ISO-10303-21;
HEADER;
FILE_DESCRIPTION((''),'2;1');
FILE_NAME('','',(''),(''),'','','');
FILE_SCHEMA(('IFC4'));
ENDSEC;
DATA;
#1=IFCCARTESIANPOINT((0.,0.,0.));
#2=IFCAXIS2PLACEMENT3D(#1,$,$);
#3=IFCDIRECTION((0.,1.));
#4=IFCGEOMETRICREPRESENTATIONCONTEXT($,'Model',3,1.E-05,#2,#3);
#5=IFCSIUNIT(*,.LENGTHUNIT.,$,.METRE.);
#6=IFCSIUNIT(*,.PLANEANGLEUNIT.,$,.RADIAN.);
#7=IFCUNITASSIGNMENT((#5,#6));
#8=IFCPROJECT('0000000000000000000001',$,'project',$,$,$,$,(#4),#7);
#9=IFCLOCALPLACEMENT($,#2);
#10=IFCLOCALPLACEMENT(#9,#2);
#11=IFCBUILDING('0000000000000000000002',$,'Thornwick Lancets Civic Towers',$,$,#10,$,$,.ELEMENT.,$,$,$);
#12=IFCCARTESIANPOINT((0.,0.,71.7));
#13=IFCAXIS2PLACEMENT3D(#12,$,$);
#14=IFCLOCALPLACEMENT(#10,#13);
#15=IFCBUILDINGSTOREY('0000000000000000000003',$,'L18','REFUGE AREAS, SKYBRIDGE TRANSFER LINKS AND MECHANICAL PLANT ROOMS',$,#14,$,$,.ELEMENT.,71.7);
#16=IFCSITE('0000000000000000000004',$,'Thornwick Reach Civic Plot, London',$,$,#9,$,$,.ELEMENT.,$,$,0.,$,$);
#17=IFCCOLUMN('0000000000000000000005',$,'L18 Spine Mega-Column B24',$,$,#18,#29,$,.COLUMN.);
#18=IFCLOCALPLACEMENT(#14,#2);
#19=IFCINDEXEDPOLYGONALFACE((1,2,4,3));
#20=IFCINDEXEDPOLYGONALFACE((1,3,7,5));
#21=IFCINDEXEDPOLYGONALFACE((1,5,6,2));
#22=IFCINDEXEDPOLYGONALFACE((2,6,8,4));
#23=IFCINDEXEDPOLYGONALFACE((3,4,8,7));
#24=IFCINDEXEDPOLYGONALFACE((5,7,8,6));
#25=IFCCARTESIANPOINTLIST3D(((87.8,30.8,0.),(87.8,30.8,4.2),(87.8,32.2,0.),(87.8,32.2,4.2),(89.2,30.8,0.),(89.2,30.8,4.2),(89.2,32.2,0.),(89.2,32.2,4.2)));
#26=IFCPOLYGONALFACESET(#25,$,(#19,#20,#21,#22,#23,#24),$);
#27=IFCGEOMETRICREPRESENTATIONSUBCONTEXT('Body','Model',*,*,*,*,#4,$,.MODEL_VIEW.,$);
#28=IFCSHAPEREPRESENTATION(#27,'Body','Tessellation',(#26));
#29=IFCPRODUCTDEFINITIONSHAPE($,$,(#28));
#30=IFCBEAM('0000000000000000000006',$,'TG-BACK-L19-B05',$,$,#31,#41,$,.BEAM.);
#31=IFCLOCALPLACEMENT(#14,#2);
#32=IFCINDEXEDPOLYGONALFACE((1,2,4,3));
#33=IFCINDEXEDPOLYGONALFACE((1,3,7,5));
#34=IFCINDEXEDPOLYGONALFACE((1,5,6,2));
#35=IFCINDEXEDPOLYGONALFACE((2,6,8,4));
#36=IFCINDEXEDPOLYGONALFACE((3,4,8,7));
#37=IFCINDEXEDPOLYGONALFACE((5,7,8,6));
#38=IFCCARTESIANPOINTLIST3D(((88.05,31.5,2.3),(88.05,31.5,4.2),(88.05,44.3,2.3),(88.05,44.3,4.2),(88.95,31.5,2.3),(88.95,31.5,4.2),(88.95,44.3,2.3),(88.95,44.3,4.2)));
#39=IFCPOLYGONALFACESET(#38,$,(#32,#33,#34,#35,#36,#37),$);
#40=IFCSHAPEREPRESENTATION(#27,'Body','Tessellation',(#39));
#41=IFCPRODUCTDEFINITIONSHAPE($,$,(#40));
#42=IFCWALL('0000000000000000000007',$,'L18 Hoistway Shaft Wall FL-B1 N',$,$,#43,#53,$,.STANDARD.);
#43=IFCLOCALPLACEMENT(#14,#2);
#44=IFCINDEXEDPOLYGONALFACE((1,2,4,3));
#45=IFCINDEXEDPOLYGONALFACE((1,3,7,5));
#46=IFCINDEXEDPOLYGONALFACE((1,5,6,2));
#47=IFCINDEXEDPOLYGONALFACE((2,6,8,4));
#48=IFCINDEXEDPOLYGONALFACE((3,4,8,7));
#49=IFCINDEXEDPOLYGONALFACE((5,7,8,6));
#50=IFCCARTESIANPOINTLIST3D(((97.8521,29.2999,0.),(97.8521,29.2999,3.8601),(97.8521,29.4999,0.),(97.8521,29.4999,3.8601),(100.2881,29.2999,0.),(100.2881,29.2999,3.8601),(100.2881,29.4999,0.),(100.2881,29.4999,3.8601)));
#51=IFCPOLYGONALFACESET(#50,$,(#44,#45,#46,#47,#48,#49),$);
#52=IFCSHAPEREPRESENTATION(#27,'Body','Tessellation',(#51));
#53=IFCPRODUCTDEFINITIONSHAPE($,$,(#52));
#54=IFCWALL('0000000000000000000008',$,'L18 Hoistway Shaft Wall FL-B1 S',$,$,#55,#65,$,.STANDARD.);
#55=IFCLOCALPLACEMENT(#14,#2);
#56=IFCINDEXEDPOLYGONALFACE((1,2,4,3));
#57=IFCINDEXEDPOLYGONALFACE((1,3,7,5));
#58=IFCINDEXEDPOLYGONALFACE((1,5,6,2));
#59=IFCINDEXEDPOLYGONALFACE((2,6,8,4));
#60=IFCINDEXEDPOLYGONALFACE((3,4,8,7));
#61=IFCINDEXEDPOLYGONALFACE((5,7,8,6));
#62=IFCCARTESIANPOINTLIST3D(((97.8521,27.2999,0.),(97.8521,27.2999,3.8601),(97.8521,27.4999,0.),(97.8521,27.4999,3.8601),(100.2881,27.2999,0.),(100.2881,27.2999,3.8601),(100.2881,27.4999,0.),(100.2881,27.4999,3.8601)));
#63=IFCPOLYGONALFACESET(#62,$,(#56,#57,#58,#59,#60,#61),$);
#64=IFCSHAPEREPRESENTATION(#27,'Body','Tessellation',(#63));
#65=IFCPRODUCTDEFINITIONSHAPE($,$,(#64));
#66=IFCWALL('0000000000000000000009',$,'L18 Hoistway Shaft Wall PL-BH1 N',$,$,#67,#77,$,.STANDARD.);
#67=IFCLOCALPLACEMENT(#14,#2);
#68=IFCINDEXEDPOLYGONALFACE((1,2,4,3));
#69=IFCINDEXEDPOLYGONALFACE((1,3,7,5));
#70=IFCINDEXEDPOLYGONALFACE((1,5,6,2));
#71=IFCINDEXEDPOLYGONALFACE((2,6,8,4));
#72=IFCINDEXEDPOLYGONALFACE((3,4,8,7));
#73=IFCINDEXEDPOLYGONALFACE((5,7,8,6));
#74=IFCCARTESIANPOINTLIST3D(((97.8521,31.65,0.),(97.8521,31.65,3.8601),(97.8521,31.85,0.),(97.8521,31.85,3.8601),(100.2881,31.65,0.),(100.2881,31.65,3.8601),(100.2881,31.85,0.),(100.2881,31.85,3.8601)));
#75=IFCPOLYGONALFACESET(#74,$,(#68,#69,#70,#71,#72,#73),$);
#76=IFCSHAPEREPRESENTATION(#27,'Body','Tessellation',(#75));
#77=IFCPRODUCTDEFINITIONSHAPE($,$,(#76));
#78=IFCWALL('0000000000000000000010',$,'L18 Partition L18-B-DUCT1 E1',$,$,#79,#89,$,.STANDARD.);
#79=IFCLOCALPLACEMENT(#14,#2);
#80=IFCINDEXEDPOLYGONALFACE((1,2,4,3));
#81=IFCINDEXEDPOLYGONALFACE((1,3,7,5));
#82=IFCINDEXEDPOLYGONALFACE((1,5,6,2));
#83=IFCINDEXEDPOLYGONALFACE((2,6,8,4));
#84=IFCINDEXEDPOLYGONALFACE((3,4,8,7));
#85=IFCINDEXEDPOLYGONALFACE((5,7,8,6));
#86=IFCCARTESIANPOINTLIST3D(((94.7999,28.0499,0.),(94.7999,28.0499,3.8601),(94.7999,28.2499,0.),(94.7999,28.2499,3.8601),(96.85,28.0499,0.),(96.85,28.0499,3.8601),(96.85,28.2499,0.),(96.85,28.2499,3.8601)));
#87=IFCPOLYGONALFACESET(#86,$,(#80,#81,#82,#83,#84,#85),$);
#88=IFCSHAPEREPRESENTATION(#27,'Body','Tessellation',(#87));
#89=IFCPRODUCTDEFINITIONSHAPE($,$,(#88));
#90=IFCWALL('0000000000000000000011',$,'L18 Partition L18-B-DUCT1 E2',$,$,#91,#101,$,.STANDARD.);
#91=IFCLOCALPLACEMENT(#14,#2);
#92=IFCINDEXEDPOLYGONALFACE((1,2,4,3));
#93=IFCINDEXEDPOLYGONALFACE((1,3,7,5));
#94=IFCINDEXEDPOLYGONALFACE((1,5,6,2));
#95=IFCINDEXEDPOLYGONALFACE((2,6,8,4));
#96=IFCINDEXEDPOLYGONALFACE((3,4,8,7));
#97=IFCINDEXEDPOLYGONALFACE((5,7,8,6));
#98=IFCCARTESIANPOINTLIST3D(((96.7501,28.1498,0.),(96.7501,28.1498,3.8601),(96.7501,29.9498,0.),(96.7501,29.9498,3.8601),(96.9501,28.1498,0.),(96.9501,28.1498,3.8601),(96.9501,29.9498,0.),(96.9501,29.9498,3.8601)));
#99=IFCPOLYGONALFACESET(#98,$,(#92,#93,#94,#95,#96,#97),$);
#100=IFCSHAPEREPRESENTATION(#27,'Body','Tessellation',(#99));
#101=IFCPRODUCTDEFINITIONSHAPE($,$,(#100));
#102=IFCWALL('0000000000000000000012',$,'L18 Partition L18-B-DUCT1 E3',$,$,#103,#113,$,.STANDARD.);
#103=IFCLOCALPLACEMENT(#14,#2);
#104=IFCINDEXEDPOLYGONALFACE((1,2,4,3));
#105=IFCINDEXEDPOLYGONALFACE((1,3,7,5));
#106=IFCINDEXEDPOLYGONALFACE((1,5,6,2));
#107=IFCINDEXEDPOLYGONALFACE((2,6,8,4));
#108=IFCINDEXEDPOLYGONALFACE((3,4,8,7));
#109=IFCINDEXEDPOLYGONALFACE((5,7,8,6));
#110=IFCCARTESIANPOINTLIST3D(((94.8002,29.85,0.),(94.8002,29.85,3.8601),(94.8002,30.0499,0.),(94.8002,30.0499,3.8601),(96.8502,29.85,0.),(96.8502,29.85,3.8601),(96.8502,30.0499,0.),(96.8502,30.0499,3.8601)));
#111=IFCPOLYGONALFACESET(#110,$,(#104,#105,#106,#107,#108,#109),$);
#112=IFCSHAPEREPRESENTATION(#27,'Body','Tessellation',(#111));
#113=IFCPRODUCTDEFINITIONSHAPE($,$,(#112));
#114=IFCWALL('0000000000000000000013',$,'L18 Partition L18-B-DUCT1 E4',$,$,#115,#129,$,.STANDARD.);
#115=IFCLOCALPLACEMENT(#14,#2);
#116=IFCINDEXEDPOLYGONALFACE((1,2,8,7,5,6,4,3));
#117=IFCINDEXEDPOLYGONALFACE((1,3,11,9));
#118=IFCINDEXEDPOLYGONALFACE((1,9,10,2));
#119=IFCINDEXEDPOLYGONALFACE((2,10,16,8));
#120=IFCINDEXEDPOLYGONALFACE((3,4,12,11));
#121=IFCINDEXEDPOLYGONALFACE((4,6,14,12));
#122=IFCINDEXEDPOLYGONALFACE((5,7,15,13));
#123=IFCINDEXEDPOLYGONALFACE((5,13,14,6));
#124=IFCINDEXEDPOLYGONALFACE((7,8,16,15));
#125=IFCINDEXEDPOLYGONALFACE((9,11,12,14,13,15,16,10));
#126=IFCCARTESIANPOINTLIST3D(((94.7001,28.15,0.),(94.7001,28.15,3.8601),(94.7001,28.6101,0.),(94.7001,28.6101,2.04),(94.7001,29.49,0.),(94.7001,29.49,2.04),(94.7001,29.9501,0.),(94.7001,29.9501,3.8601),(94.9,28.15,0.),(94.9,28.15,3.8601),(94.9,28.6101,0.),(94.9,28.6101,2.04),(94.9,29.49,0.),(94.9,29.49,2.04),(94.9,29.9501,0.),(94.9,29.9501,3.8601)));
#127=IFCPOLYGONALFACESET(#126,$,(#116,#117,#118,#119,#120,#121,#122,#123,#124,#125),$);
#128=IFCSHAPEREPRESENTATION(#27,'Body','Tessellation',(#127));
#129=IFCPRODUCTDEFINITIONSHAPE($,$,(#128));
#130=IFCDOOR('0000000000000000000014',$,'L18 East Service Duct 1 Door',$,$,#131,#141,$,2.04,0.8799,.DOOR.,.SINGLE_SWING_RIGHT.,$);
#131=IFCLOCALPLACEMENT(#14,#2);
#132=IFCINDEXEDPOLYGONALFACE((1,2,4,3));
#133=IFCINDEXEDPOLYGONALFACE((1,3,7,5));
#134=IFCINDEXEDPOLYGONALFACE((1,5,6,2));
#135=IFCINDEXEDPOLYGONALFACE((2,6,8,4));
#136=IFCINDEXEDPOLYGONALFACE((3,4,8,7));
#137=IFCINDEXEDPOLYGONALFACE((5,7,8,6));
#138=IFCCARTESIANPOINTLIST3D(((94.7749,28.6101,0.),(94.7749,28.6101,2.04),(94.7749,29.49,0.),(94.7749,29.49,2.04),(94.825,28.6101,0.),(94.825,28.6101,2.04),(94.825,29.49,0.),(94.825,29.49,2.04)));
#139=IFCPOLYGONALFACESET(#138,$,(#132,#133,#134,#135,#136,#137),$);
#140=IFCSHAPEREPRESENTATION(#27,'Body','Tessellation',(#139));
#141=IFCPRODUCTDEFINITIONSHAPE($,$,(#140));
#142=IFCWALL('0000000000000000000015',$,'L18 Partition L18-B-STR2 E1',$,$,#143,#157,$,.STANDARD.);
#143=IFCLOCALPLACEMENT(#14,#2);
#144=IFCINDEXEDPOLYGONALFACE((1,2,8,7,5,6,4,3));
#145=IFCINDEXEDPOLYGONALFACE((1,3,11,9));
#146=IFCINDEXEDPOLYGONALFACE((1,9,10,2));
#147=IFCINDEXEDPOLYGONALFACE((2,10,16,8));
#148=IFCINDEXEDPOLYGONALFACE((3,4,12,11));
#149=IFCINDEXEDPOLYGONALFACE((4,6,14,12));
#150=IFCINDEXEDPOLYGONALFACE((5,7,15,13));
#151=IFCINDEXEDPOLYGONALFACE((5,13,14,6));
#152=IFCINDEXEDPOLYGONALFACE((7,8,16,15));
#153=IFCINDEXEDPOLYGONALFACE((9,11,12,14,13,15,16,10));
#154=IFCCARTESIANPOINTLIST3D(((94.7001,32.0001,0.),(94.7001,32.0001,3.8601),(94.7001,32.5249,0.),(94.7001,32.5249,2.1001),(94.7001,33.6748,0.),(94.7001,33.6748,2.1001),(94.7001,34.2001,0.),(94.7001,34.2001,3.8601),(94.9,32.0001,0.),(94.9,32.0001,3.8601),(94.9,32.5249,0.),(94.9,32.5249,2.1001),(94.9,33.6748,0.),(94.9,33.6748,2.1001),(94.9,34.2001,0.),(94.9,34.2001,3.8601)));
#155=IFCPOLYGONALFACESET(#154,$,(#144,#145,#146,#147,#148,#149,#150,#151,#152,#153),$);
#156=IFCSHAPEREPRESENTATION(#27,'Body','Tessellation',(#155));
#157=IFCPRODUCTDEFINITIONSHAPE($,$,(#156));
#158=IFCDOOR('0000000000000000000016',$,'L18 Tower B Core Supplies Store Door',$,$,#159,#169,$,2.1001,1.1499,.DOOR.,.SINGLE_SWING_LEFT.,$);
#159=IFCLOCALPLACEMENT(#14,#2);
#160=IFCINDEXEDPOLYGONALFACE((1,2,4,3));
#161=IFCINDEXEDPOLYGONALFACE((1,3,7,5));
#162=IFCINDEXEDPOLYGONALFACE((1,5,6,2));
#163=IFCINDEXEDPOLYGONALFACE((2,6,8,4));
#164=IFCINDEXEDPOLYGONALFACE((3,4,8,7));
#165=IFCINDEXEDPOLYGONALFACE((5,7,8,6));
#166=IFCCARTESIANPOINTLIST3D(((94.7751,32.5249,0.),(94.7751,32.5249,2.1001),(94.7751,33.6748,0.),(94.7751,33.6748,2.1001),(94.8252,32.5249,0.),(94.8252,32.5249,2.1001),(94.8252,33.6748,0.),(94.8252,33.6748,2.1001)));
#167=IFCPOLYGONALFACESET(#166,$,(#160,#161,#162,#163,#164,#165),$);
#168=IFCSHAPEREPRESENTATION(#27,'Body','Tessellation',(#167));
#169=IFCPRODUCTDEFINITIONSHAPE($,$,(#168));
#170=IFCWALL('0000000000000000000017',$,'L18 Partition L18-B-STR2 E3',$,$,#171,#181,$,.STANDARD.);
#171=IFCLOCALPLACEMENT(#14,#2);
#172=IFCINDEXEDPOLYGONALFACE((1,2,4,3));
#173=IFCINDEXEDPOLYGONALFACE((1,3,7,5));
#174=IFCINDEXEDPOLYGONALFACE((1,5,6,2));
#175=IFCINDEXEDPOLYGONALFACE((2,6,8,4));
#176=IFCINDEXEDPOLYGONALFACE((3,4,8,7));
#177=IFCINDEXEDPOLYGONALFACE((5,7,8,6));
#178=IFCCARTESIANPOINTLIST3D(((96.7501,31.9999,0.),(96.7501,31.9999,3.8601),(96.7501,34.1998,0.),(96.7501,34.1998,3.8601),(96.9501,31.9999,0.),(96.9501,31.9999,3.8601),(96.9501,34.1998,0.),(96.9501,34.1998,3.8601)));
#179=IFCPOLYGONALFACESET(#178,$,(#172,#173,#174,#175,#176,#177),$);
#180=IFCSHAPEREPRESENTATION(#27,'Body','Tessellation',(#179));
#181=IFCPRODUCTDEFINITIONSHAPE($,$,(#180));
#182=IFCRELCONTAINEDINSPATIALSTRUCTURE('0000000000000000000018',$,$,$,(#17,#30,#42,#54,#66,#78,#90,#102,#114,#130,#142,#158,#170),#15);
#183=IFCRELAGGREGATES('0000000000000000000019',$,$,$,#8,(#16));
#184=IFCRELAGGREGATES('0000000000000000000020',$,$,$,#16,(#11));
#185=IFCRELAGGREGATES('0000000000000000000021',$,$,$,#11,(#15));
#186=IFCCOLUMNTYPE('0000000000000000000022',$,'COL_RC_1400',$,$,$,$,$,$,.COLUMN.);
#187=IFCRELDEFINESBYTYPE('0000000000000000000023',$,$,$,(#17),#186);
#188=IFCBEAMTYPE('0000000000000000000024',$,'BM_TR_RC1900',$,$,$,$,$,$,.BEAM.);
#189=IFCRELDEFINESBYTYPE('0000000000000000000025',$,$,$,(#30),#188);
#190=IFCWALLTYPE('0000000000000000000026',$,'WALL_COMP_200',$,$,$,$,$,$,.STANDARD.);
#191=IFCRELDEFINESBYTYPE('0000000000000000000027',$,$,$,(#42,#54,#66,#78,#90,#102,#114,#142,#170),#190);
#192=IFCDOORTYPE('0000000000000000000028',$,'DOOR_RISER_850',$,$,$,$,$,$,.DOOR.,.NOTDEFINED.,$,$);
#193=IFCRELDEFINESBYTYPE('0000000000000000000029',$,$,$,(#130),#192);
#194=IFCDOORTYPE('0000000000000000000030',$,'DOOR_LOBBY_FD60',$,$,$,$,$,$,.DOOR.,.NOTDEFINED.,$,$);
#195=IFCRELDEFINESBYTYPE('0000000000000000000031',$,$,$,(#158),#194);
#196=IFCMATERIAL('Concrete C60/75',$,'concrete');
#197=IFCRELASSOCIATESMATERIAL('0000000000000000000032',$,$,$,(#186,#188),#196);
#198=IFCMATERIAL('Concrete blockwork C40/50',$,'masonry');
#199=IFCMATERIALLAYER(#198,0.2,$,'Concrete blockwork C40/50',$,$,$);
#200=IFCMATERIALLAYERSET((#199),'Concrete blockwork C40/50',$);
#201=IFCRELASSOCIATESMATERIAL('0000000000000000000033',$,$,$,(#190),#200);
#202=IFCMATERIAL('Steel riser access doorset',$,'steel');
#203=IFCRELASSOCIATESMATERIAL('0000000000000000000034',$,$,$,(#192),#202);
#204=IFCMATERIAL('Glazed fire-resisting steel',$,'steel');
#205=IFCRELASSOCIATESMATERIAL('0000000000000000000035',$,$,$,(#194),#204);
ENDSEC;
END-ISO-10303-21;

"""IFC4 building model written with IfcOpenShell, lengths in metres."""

from ifc_helpers import new_model, si_unit, direction, frame, frame_2d, origin, origin_2d, place, context, subcontext, project, spatial, rectangle, extrude, material, layer, layer_set, material_profile, profile_set, type_object, element, fill, save


model = new_model("IFC4")

# Units and contexts
model_context = context("Model", 3, precision=1e-05, world=origin(), true_north=direction((0.0, 1.0)))
body_context = subcontext(model_context, "Body", "Model", "MODEL_VIEW")
ifc_project = project(units=[si_unit("LENGTHUNIT", "METRE"), si_unit("PLANEANGLEUNIT", "RADIAN")], contexts=[model_context])

# Site, building, storey
site_placement = place(None, origin())
site = spatial("IfcSite", under=ifc_project, at=site_placement, Name="Thornwick Reach Civic Plot, London", CompositionType="ELEMENT", RefElevation=0.0)
building_placement = place(site_placement, origin())
building = spatial("IfcBuilding", under=site, at=building_placement, Name="Thornwick Lancets Civic Towers", CompositionType="ELEMENT")
storey_placement = place(building_placement, frame((0.0, 0.0, 71.7)))
storey = spatial("IfcBuildingStorey", under=building, at=storey_placement, Name="L18", Description="REFUGE AREAS, SKYBRIDGE TRANSFER LINKS AND MECHANICAL PLANT ROOMS", CompositionType="ELEMENT", Elevation=71.7)

# Column
ifc_material_1 = material(Name="Concrete C60/75", Category="concrete")
ifc_material_profile_1 = material_profile(ifc_material_1, rectangle(XDim=1.3999, YDim=1.3999, at=origin_2d()), Name="RC 1400x1400")
ifc_profile_set_1 = profile_set([ifc_material_profile_1], Name="Concrete C60/75")
column_type = type_object("IfcColumnType", Name="COL_RC_1400", PredefinedType="COLUMN", material=ifc_profile_set_1)
column_placement = place(storey_placement, frame((88.5, 31.5, 0.0), z_axis=(0.0, 0.0, 1.0), x_axis=(1.0, 0.0, 0.0)))
element("IfcColumn", 1, at=column_placement, inside=storey, type_object=column_type, Name="L18 Spine Mega-Column B24", PredefinedType="COLUMN", context=body_context, shape_type="SweptSolid", body=[
    extrude(rectangle(XDim=1.3999, YDim=1.3999, at=origin_2d()), origin(), (0.0, 0.0, 1.0), 4.2),
])

# Beam
ifc_material_profile_2 = material_profile(ifc_material_1, rectangle(XDim=0.8999, YDim=1.8999, at=origin_2d()), Name="RC 900x1900")
ifc_profile_set_2 = profile_set([ifc_material_profile_2], Name="Concrete C60/75")
beam_type = type_object("IfcBeamType", Name="BM_TR_RC1900", PredefinedType="BEAM", material=ifc_profile_set_2)
beam_placement = place(storey_placement, frame((88.5, 31.5, 3.25), z_axis=(0.0, 1.0, 0.0), x_axis=(-1.0, 0.0, 0.0)))
element("IfcBeam", 2, at=beam_placement, inside=storey, type_object=beam_type, Name="TG-BACK-L19-B05", PredefinedType="BEAM", context=body_context, shape_type="SweptSolid", body=[
    extrude(rectangle(XDim=0.8999, YDim=1.8999, at=origin_2d()), origin(), (0.0, 0.0, 1.0), 12.8),
])

# Walls
ifc_material_2 = material(Name="Concrete blockwork C40/50", Category="masonry")
ifc_layer_1 = layer(ifc_material_2, 0.2, Name="Concrete blockwork C40/50")
ifc_layer_set_1 = layer_set([ifc_layer_1], Name="Concrete blockwork C40/50")
wall_type_1 = type_object("IfcWallType", Name="WALL_COMP_200", PredefinedType="STANDARD", material=ifc_layer_set_1)
for number, where, z_axis, x_axis, name in (
    (3, (97.8521, 29.3999, 0.0), (0.0, 0.0, 1.0), (1.0, 0.0, 0.0), "L18 Hoistway Shaft Wall FL-B1 N"),
    (4, (97.8521, 27.3999, 0.0), (0.0, 0.0, 1.0), (1.0, 0.0, 0.0), "L18 Hoistway Shaft Wall FL-B1 S"),
    (5, (97.8521, 31.75, 0.0), (0.0, 0.0, 1.0), (1.0, 0.0, 0.0), "L18 Hoistway Shaft Wall PL-BH1 N"),
):
    element("IfcWall", number, at=place(storey_placement, frame(where, z_axis=z_axis, x_axis=x_axis)), inside=storey, type_object=wall_type_1, Name=name, PredefinedType="STANDARD", context=body_context, shape_type="SweptSolid", body=[
        extrude(rectangle(XDim=2.436, YDim=0.2, at=frame_2d((1.218, 0.0))), origin(), (0.0, 0.0, 1.0), 3.8601),
    ])
wall_1_placement = place(storey_placement, frame((94.8, 28.1499, 0.0), z_axis=(0.0, 0.0, 1.0), x_axis=(1.0, 0.0, 0.0)))
element("IfcWall", 6, at=wall_1_placement, inside=storey, type_object=wall_type_1, Name="L18 Partition L18-B-DUCT1 E1", PredefinedType="STANDARD", context=body_context, shape_type="SweptSolid", body=[
    extrude(rectangle(XDim=2.05, YDim=0.2, at=frame_2d((1.0249, 0.0))), origin(), (0.0, 0.0, 1.0), 3.8601),
])
wall_2_placement = place(storey_placement, frame((96.8501, 28.1499, 0.0), z_axis=(0.0, 0.0, 1.0), x_axis=(0.0, 1.0, 0.0)))
element("IfcWall", 7, at=wall_2_placement, inside=storey, type_object=wall_type_1, Name="L18 Partition L18-B-DUCT1 E2", PredefinedType="STANDARD", context=body_context, shape_type="SweptSolid", body=[
    extrude(rectangle(XDim=1.8, YDim=0.2, at=frame_2d((0.8999, 0.0))), origin(), (0.0, 0.0, 1.0), 3.8601),
])
wall_3_placement = place(storey_placement, frame((96.8501, 29.95, 0.0), z_axis=(0.0, 0.0, 1.0), x_axis=(-1.0, 0.0, 0.0)))
element("IfcWall", 8, at=wall_3_placement, inside=storey, type_object=wall_type_1, Name="L18 Partition L18-B-DUCT1 E3", PredefinedType="STANDARD", context=body_context, shape_type="SweptSolid", body=[
    extrude(rectangle(XDim=2.05, YDim=0.2, at=frame_2d((1.0249, 0.0))), origin(), (0.0, 0.0, 1.0), 3.8601),
])

# Walls, openings, doors
wall_4_placement = place(storey_placement, frame((94.8, 29.95, 0.0), z_axis=(0.0, 0.0, 1.0), x_axis=(0.0, -1.0, 0.0)))
wall_4 = element("IfcWall", 9, at=wall_4_placement, inside=storey, type_object=wall_type_1, Name="L18 Partition L18-B-DUCT1 E4", PredefinedType="STANDARD", context=body_context, shape_type="SweptSolid", body=[
    extrude(rectangle(XDim=1.8, YDim=0.2, at=frame_2d((0.8999, 0.0))), origin(), (0.0, 0.0, 1.0), 3.8601),
])
opening_1_placement = place(wall_4_placement, frame((0.46, 0.0, 0.0)))
opening_1 = element("IfcOpeningElement", 10, at=opening_1_placement, cuts=wall_4, PredefinedType="OPENING", context=body_context, shape_type="SweptSolid", body=[
    extrude(rectangle(XDim=0.8799, YDim=2.04, at=frame_2d((0.4399, 1.02))), frame((0.0, 0.1099, 0.0), z_axis=(0.0, -1.0, 0.0), x_axis=(1.0, 0.0, 0.0)), (0.0, 0.0, 1.0), 0.22),
])
ifc_material_3 = material(Name="Steel riser access doorset", Category="steel")
door_type_1 = type_object("IfcDoorType", Name="DOOR_RISER_850", OperationType="NOTDEFINED", PredefinedType="DOOR", material=ifc_material_3)
door_1_placement = place(opening_1_placement, origin())
door_1 = element("IfcDoor", 11, at=door_1_placement, inside=storey, type_object=door_type_1, Name="L18 East Service Duct 1 Door", OperationType="SINGLE_SWING_RIGHT", OverallHeight=2.04, OverallWidth=0.8799, PredefinedType="DOOR", context=body_context, shape_type="SweptSolid", body=[
    extrude(rectangle(XDim=0.8799, YDim=2.04, at=frame_2d((0.4399, 1.02))), frame((0.0, 0.0249, 0.0), z_axis=(0.0, -1.0, 0.0), x_axis=(1.0, 0.0, 0.0)), (0.0, 0.0, 1.0), 0.05),
])
fill(opening_1, door_1)
wall_5_placement = place(storey_placement, frame((94.8, 32.0, 0.0), z_axis=(0.0, 0.0, 1.0), x_axis=(0.0, 1.0, 0.0)))
wall_5 = element("IfcWall", 12, at=wall_5_placement, inside=storey, type_object=wall_type_1, Name="L18 Partition L18-B-STR2 E1", PredefinedType="STANDARD", context=body_context, shape_type="SweptSolid", body=[
    extrude(rectangle(XDim=2.2, YDim=0.2, at=frame_2d((1.1001, 0.0))), origin(), (0.0, 0.0, 1.0), 3.8601),
])
opening_2_placement = place(wall_5_placement, frame((0.5249, 0.0, 0.0)))
opening_2 = element("IfcOpeningElement", 13, at=opening_2_placement, cuts=wall_5, PredefinedType="OPENING", context=body_context, shape_type="SweptSolid", body=[
    extrude(rectangle(XDim=1.1499, YDim=2.1001, at=frame_2d((0.575, 1.05))), frame((0.0, 0.1099, 0.0), z_axis=(0.0, -1.0, 0.0), x_axis=(1.0, 0.0, 0.0)), (0.0, 0.0, 1.0), 0.22),
])
ifc_material_4 = material(Name="Glazed fire-resisting steel", Category="steel")
door_type_2 = type_object("IfcDoorType", Name="DOOR_LOBBY_FD60", OperationType="NOTDEFINED", PredefinedType="DOOR", material=ifc_material_4)
door_2_placement = place(opening_2_placement, origin())
door_2 = element("IfcDoor", 14, at=door_2_placement, inside=storey, type_object=door_type_2, Name="L18 Tower B Core Supplies Store Door", OperationType="SINGLE_SWING_LEFT", OverallHeight=2.1001, OverallWidth=1.1499, PredefinedType="DOOR", context=body_context, shape_type="SweptSolid", body=[
    extrude(rectangle(XDim=1.1499, YDim=2.1001, at=frame_2d((0.575, 1.05))), frame((0.0, 0.0249, 0.0), z_axis=(0.0, -1.0, 0.0), x_axis=(1.0, 0.0, 0.0)), (0.0, 0.0, 1.0), 0.05),
])
fill(opening_2, door_2)

# Wall
wall_6_placement = place(storey_placement, frame((96.8501, 34.2, 0.0), z_axis=(0.0, 0.0, 1.0), x_axis=(0.0, -1.0, 0.0)))
element("IfcWall", 15, at=wall_6_placement, inside=storey, type_object=wall_type_1, Name="L18 Partition L18-B-STR2 E3", PredefinedType="STANDARD", context=body_context, shape_type="SweptSolid", body=[
    extrude(rectangle(XDim=2.2, YDim=0.2, at=frame_2d((1.1001, 0.0))), origin(), (0.0, 0.0, 1.0), 3.8601),
])

save(model, "model.ifc")
